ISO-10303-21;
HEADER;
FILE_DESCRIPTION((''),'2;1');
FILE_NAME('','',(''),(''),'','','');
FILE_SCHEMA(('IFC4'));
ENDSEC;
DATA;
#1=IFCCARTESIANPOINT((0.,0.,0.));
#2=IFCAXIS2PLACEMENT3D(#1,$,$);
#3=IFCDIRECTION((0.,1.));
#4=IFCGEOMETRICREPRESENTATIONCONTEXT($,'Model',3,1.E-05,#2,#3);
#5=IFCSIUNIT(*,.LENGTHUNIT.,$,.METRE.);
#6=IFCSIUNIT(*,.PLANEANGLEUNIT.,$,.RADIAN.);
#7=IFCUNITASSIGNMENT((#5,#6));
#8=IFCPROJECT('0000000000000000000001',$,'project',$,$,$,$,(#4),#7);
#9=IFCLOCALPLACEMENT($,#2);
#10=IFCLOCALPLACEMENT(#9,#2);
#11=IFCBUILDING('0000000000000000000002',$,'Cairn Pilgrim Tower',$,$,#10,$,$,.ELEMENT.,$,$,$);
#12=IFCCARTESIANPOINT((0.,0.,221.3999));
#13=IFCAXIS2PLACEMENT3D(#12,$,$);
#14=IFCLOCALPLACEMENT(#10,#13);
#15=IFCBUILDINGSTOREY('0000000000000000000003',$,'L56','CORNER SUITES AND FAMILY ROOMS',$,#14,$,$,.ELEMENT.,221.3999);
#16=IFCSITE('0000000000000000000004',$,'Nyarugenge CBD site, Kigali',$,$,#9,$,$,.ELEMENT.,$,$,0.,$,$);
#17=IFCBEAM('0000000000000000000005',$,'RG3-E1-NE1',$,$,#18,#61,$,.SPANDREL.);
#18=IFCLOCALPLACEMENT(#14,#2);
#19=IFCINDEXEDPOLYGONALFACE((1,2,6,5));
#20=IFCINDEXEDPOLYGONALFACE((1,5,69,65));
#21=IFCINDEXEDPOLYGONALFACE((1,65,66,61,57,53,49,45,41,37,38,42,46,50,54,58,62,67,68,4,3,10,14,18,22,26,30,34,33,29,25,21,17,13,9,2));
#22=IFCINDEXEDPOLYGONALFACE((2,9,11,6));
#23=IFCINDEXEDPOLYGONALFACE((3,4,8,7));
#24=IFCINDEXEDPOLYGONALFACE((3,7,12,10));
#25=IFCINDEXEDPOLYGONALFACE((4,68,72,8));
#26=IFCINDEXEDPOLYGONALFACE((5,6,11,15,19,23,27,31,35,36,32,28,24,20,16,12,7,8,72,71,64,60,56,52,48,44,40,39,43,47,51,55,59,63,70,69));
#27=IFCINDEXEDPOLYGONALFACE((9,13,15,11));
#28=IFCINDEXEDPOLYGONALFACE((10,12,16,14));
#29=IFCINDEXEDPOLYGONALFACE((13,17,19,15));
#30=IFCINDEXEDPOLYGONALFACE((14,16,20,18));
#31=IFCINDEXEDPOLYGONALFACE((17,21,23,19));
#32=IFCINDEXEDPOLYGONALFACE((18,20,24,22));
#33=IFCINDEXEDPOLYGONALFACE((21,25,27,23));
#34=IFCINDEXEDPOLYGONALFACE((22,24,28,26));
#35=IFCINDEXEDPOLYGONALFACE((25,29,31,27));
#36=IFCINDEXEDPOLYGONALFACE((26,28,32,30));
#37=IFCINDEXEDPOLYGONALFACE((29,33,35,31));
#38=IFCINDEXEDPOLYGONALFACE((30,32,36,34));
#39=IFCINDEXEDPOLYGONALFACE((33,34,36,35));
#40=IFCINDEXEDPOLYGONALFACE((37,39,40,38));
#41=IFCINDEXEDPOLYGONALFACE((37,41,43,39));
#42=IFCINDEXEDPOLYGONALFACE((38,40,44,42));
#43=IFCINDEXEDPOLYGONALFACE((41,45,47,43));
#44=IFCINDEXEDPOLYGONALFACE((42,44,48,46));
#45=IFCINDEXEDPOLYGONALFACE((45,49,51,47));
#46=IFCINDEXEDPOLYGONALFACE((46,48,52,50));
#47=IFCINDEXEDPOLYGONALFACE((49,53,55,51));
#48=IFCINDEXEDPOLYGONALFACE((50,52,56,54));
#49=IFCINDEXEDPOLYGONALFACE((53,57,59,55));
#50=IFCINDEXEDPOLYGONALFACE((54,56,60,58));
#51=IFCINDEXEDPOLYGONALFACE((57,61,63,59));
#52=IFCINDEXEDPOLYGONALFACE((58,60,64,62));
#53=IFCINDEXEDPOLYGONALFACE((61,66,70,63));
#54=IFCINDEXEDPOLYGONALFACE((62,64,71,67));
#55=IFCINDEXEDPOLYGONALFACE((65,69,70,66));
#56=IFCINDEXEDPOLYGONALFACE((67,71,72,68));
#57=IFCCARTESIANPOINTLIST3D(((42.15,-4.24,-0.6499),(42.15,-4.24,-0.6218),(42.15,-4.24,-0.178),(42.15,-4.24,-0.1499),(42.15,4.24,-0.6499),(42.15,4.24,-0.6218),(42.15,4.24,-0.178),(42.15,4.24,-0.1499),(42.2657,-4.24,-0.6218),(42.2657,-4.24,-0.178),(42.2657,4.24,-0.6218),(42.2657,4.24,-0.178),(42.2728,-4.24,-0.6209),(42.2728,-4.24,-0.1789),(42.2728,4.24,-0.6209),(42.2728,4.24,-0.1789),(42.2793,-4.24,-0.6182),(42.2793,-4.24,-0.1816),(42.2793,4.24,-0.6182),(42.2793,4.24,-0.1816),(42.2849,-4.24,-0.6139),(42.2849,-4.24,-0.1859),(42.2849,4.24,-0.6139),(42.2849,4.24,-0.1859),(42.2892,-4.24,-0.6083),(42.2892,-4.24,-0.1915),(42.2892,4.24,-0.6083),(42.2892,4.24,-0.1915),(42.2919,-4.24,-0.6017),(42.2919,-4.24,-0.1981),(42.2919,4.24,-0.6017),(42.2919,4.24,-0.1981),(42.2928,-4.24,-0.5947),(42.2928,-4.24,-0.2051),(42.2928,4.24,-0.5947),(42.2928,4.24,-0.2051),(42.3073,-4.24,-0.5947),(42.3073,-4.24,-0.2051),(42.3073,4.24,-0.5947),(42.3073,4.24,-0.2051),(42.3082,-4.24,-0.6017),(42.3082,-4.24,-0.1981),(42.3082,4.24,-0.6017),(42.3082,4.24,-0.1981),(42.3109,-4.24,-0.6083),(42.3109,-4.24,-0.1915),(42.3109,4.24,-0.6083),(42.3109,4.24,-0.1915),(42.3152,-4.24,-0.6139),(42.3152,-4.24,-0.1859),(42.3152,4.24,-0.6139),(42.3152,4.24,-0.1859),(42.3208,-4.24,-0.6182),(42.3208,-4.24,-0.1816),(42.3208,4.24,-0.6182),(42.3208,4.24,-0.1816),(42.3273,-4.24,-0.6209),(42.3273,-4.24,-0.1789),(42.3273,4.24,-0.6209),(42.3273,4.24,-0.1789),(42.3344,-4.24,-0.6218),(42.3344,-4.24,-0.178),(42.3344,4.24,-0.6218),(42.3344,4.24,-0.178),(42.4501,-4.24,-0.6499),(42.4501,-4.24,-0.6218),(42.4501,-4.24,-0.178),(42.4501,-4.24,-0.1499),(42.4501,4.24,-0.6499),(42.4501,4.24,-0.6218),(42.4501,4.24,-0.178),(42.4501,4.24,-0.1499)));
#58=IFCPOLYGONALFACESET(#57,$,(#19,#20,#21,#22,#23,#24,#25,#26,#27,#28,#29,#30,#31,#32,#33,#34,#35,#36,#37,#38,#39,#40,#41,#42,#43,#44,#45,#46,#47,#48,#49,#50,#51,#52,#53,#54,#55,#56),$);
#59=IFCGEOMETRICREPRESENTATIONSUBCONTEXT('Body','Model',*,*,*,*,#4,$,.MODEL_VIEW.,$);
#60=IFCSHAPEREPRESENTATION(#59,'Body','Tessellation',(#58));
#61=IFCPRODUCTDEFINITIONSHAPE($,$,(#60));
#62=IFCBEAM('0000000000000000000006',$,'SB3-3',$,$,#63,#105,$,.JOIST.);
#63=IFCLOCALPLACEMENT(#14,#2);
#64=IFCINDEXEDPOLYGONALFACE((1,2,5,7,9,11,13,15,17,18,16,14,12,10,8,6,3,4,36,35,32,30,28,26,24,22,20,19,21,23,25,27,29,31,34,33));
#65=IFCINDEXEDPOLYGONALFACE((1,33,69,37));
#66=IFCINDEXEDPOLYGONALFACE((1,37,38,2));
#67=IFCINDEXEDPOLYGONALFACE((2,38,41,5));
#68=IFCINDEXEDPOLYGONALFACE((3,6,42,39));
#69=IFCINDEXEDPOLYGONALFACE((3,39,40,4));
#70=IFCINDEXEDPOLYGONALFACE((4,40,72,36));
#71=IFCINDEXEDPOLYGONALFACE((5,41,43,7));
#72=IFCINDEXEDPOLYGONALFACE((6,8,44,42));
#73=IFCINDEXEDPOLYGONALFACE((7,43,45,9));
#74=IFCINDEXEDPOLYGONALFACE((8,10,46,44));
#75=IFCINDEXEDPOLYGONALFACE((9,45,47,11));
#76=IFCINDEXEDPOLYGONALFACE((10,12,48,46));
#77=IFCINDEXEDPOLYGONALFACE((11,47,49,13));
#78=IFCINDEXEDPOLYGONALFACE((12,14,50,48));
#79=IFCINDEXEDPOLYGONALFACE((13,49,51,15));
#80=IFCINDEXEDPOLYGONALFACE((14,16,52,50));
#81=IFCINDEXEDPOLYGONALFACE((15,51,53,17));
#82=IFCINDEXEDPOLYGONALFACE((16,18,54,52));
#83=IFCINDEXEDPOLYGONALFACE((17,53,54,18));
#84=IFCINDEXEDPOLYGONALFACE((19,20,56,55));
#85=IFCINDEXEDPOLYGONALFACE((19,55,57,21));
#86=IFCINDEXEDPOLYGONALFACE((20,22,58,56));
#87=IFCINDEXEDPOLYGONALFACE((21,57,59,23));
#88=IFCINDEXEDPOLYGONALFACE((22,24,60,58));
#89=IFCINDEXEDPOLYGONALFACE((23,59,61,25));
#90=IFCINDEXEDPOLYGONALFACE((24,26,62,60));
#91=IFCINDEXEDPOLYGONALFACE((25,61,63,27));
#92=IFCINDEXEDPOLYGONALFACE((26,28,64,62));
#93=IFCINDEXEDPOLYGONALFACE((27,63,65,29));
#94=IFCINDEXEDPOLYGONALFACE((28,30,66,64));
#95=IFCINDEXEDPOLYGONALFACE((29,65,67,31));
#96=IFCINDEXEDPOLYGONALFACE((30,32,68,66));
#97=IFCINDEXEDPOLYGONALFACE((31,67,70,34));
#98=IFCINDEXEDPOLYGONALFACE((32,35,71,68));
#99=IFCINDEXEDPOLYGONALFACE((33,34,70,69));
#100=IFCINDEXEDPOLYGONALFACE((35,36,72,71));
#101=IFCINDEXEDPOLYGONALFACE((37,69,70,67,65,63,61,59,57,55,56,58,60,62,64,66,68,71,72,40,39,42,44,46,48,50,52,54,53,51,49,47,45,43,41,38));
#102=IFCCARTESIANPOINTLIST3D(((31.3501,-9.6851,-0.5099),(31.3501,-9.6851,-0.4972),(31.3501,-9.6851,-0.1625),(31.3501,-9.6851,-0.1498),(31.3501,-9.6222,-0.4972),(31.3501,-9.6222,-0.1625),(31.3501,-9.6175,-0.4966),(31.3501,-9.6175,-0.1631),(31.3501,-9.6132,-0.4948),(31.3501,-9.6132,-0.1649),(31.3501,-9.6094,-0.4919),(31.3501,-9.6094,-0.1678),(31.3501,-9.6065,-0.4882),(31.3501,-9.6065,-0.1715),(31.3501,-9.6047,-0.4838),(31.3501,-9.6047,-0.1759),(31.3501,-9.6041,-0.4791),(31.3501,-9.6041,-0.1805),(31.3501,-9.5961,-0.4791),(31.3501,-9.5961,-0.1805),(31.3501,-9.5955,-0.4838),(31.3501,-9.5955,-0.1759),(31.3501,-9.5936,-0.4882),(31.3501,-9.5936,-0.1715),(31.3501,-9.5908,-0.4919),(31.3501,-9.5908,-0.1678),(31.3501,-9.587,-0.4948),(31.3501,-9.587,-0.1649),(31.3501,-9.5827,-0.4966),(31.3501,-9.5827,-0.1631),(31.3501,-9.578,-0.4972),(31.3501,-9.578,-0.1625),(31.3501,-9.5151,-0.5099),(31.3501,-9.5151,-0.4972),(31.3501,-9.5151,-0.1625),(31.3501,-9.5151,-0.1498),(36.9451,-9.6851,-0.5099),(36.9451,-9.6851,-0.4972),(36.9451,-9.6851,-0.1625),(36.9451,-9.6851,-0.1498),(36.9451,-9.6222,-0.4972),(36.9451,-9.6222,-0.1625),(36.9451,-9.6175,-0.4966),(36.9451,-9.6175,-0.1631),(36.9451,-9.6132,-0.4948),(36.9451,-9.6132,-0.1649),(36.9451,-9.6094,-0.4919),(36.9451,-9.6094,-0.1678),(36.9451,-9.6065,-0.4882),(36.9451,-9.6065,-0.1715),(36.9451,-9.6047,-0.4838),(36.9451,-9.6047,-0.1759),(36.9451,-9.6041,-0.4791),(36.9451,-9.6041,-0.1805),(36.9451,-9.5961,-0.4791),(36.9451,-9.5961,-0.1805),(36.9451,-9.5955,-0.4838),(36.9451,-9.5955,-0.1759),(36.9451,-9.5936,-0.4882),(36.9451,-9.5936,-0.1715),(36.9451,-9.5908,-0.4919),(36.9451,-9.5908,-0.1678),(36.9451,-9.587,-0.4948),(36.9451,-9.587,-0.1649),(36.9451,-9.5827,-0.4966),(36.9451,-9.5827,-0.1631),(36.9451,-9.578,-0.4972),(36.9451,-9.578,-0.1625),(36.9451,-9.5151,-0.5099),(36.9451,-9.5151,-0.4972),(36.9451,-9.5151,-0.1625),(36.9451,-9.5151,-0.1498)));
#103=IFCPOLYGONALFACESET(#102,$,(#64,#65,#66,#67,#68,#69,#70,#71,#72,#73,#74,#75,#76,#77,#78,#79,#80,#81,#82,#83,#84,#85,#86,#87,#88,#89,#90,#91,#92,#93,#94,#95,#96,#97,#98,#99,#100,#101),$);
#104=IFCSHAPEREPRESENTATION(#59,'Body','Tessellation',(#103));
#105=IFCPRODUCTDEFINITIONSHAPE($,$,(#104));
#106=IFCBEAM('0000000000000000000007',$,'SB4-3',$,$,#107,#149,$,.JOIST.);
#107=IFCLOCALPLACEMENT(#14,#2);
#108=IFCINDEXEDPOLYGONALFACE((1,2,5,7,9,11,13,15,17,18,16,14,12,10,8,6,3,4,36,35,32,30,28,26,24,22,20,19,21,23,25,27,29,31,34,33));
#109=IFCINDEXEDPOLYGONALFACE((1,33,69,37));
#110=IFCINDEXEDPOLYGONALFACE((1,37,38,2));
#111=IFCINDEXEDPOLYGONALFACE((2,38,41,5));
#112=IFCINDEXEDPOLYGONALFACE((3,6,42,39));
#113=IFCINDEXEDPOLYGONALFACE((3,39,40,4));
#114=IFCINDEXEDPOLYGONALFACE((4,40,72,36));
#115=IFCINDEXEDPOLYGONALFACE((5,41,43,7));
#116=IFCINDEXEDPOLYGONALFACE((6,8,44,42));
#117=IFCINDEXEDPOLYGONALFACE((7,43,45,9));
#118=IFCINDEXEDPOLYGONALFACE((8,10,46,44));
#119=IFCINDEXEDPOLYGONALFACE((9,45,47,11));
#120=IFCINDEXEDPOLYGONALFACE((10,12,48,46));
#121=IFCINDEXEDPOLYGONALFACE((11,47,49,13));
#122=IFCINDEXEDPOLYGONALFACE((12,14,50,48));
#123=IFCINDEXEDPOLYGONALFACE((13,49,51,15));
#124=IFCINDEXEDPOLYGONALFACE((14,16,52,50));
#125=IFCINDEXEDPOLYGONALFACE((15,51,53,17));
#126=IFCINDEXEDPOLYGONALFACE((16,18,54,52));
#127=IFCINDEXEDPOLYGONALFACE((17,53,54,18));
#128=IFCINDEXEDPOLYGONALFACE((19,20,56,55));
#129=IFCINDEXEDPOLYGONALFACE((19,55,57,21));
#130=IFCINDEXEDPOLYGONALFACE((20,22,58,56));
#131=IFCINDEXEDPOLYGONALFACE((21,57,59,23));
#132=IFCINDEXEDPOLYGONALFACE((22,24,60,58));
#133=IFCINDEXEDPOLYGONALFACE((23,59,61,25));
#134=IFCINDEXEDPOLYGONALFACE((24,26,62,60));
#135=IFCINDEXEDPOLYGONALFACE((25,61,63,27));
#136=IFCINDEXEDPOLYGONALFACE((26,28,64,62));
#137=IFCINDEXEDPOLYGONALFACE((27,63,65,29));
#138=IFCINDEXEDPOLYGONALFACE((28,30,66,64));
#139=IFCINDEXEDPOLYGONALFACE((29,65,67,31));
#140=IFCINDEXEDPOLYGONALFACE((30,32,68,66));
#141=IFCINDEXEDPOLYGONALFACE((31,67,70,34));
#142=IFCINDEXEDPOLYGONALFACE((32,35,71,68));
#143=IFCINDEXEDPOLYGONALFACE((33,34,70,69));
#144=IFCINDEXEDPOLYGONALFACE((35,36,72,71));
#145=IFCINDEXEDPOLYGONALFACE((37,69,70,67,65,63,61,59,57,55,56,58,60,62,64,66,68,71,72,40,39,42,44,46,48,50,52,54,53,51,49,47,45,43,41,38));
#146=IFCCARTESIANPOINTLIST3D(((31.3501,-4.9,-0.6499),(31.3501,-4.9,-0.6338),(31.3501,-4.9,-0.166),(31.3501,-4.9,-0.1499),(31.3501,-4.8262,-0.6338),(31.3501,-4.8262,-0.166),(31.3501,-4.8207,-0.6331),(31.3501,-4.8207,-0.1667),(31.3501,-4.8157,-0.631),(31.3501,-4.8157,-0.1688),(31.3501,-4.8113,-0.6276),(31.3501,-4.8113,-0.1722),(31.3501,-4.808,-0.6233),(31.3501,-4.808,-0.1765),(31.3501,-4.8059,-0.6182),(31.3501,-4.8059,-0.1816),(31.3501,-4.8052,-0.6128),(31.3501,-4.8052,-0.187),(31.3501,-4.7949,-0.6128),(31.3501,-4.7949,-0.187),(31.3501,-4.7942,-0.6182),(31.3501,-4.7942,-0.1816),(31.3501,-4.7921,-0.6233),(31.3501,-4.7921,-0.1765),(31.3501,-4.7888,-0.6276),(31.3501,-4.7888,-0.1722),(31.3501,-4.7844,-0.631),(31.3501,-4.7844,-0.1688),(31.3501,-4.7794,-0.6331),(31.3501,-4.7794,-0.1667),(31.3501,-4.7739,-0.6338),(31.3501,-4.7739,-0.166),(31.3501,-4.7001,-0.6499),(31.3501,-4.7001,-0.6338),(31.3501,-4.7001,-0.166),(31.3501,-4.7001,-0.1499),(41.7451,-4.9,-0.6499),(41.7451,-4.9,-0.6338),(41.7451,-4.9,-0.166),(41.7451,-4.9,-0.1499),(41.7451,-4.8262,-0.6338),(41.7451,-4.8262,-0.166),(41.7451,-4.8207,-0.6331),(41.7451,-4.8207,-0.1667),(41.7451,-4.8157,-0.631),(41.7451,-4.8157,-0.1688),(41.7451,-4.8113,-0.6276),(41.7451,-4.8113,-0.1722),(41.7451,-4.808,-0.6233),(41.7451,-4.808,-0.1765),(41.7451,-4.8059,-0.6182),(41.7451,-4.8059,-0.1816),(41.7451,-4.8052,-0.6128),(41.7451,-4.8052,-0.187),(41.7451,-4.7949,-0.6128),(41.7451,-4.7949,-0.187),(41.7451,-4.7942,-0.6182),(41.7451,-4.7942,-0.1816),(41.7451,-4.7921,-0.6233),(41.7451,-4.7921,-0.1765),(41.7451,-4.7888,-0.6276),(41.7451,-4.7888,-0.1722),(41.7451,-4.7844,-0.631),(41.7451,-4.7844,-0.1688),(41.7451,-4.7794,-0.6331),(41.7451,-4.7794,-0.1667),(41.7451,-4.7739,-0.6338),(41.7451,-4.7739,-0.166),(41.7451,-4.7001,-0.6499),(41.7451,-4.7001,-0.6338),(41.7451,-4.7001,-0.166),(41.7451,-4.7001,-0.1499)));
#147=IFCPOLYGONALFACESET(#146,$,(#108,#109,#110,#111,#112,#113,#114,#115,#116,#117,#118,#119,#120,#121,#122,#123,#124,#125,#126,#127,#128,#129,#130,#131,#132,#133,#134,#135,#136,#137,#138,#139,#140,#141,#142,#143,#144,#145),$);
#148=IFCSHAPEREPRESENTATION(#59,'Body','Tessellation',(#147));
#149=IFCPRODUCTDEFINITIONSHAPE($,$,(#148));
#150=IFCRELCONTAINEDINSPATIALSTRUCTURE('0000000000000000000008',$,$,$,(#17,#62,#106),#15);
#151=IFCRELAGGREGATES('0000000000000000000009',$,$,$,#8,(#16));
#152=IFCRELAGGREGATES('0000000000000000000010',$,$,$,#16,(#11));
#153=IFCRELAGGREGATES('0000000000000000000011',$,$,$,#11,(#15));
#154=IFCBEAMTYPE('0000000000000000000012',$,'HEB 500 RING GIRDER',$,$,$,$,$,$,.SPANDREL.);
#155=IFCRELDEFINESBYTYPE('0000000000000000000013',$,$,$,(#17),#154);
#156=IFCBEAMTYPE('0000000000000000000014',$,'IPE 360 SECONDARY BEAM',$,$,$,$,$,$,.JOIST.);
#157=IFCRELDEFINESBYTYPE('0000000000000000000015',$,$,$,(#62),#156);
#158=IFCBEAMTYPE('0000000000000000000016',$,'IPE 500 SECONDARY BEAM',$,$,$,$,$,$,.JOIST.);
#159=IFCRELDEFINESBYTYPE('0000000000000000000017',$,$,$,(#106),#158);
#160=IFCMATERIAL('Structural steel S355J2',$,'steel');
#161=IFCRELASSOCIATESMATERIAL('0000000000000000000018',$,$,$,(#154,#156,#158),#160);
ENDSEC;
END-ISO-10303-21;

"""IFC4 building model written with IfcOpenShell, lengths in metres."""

from ifc_helpers import new_model, si_unit, direction, frame, origin, origin_2d, place, context, subcontext, project, spatial, i_section, extrude, material, material_profile, profile_set, type_object, element, save


model = new_model("IFC4")

# Units and contexts
model_context = context("Model", 3, precision=1e-05, world=origin(), true_north=direction((0.0, 1.0)))
body_context = subcontext(model_context, "Body", "Model", "MODEL_VIEW")
ifc_project = project(units=[si_unit("LENGTHUNIT", "METRE"), si_unit("PLANEANGLEUNIT", "RADIAN")], contexts=[model_context])

# Site, building, storey
site_placement = place(None, origin())
site = spatial("IfcSite", under=ifc_project, at=site_placement, Name="Nyarugenge CBD site, Kigali", CompositionType="ELEMENT", RefElevation=0.0)
building_placement = place(site_placement, origin())
building = spatial("IfcBuilding", under=site, at=building_placement, Name="Cairn Pilgrim Tower", CompositionType="ELEMENT")
storey_placement = place(building_placement, frame((0.0, 0.0, 221.3999)))
storey = spatial("IfcBuildingStorey", under=building, at=storey_placement, Name="L56", Description="CORNER SUITES AND FAMILY ROOMS", CompositionType="ELEMENT", Elevation=221.3999)

# Shared definitions
ifc_material_1 = material(Name="Structural steel S355J2", Category="steel")

# Beams
ifc_material_profile_1 = material_profile(ifc_material_1, i_section(OverallWidth=0.3, OverallDepth=0.5, WebThickness=0.0144, FlangeThickness=0.0281, FilletRadius=0.0271, at=origin_2d()), Name="HEB 500")
ifc_profile_set_1 = profile_set([ifc_material_profile_1], Name="Structural steel S355J2")
beam_type_1 = type_object("IfcBeamType", Name="HEB 500 RING GIRDER", PredefinedType="SPANDREL", material=ifc_profile_set_1)
beam_1_placement = place(storey_placement, frame((42.3, -4.24, -0.3999), z_axis=(0.0, 1.0, 0.0), x_axis=(-1.0, 0.0, 0.0)))
element("IfcBeam", 1, at=beam_1_placement, inside=storey, type_object=beam_type_1, Name="RG3-E1-NE1", PredefinedType="SPANDREL", context=body_context, shape_type="SweptSolid", body=[
    extrude(i_section(OverallWidth=0.3, OverallDepth=0.5, WebThickness=0.0144, FlangeThickness=0.0281, FilletRadius=0.0271, at=origin_2d()), origin(), (0.0, 0.0, 1.0), 8.48),
])
ifc_material_profile_2 = material_profile(ifc_material_1, i_section(OverallWidth=0.1699, OverallDepth=0.3601, WebThickness=0.0081, FlangeThickness=0.0127, FilletRadius=0.0181, at=origin_2d()), Name="IPE 360")
ifc_profile_set_2 = profile_set([ifc_material_profile_2], Name="Structural steel S355J2")
beam_type_2 = type_object("IfcBeamType", Name="IPE 360 SECONDARY BEAM", PredefinedType="JOIST", material=ifc_profile_set_2)
beam_2_placement = place(storey_placement, frame((31.3501, -9.6001, -0.3298), z_axis=(1.0, 0.0, 0.0), x_axis=(0.0, 1.0, 0.0)))
element("IfcBeam", 2, at=beam_2_placement, inside=storey, type_object=beam_type_2, Name="SB3-3", PredefinedType="JOIST", context=body_context, shape_type="SweptSolid", body=[
    extrude(i_section(OverallWidth=0.1699, OverallDepth=0.3601, WebThickness=0.0081, FlangeThickness=0.0127, FilletRadius=0.0181, at=origin_2d()), origin(), (0.0, 0.0, 1.0), 5.595),
])
ifc_material_profile_3 = material_profile(ifc_material_1, i_section(OverallWidth=0.2, OverallDepth=0.5, WebThickness=0.0103, FlangeThickness=0.0161, FilletRadius=0.021, at=origin_2d()), Name="IPE 500")
ifc_profile_set_3 = profile_set([ifc_material_profile_3], Name="Structural steel S355J2")
beam_type_3 = type_object("IfcBeamType", Name="IPE 500 SECONDARY BEAM", PredefinedType="JOIST", material=ifc_profile_set_3)
beam_3_placement = place(storey_placement, frame((31.3501, -4.8, -0.3999), z_axis=(1.0, 0.0, 0.0), x_axis=(0.0, 1.0, 0.0)))
element("IfcBeam", 3, at=beam_3_placement, inside=storey, type_object=beam_type_3, Name="SB4-3", PredefinedType="JOIST", context=body_context, shape_type="SweptSolid", body=[
    extrude(i_section(OverallWidth=0.2, OverallDepth=0.5, WebThickness=0.0103, FlangeThickness=0.0161, FilletRadius=0.021, at=origin_2d()), origin(), (0.0, 0.0, 1.0), 10.395),
])

save(model, "model.ifc")
